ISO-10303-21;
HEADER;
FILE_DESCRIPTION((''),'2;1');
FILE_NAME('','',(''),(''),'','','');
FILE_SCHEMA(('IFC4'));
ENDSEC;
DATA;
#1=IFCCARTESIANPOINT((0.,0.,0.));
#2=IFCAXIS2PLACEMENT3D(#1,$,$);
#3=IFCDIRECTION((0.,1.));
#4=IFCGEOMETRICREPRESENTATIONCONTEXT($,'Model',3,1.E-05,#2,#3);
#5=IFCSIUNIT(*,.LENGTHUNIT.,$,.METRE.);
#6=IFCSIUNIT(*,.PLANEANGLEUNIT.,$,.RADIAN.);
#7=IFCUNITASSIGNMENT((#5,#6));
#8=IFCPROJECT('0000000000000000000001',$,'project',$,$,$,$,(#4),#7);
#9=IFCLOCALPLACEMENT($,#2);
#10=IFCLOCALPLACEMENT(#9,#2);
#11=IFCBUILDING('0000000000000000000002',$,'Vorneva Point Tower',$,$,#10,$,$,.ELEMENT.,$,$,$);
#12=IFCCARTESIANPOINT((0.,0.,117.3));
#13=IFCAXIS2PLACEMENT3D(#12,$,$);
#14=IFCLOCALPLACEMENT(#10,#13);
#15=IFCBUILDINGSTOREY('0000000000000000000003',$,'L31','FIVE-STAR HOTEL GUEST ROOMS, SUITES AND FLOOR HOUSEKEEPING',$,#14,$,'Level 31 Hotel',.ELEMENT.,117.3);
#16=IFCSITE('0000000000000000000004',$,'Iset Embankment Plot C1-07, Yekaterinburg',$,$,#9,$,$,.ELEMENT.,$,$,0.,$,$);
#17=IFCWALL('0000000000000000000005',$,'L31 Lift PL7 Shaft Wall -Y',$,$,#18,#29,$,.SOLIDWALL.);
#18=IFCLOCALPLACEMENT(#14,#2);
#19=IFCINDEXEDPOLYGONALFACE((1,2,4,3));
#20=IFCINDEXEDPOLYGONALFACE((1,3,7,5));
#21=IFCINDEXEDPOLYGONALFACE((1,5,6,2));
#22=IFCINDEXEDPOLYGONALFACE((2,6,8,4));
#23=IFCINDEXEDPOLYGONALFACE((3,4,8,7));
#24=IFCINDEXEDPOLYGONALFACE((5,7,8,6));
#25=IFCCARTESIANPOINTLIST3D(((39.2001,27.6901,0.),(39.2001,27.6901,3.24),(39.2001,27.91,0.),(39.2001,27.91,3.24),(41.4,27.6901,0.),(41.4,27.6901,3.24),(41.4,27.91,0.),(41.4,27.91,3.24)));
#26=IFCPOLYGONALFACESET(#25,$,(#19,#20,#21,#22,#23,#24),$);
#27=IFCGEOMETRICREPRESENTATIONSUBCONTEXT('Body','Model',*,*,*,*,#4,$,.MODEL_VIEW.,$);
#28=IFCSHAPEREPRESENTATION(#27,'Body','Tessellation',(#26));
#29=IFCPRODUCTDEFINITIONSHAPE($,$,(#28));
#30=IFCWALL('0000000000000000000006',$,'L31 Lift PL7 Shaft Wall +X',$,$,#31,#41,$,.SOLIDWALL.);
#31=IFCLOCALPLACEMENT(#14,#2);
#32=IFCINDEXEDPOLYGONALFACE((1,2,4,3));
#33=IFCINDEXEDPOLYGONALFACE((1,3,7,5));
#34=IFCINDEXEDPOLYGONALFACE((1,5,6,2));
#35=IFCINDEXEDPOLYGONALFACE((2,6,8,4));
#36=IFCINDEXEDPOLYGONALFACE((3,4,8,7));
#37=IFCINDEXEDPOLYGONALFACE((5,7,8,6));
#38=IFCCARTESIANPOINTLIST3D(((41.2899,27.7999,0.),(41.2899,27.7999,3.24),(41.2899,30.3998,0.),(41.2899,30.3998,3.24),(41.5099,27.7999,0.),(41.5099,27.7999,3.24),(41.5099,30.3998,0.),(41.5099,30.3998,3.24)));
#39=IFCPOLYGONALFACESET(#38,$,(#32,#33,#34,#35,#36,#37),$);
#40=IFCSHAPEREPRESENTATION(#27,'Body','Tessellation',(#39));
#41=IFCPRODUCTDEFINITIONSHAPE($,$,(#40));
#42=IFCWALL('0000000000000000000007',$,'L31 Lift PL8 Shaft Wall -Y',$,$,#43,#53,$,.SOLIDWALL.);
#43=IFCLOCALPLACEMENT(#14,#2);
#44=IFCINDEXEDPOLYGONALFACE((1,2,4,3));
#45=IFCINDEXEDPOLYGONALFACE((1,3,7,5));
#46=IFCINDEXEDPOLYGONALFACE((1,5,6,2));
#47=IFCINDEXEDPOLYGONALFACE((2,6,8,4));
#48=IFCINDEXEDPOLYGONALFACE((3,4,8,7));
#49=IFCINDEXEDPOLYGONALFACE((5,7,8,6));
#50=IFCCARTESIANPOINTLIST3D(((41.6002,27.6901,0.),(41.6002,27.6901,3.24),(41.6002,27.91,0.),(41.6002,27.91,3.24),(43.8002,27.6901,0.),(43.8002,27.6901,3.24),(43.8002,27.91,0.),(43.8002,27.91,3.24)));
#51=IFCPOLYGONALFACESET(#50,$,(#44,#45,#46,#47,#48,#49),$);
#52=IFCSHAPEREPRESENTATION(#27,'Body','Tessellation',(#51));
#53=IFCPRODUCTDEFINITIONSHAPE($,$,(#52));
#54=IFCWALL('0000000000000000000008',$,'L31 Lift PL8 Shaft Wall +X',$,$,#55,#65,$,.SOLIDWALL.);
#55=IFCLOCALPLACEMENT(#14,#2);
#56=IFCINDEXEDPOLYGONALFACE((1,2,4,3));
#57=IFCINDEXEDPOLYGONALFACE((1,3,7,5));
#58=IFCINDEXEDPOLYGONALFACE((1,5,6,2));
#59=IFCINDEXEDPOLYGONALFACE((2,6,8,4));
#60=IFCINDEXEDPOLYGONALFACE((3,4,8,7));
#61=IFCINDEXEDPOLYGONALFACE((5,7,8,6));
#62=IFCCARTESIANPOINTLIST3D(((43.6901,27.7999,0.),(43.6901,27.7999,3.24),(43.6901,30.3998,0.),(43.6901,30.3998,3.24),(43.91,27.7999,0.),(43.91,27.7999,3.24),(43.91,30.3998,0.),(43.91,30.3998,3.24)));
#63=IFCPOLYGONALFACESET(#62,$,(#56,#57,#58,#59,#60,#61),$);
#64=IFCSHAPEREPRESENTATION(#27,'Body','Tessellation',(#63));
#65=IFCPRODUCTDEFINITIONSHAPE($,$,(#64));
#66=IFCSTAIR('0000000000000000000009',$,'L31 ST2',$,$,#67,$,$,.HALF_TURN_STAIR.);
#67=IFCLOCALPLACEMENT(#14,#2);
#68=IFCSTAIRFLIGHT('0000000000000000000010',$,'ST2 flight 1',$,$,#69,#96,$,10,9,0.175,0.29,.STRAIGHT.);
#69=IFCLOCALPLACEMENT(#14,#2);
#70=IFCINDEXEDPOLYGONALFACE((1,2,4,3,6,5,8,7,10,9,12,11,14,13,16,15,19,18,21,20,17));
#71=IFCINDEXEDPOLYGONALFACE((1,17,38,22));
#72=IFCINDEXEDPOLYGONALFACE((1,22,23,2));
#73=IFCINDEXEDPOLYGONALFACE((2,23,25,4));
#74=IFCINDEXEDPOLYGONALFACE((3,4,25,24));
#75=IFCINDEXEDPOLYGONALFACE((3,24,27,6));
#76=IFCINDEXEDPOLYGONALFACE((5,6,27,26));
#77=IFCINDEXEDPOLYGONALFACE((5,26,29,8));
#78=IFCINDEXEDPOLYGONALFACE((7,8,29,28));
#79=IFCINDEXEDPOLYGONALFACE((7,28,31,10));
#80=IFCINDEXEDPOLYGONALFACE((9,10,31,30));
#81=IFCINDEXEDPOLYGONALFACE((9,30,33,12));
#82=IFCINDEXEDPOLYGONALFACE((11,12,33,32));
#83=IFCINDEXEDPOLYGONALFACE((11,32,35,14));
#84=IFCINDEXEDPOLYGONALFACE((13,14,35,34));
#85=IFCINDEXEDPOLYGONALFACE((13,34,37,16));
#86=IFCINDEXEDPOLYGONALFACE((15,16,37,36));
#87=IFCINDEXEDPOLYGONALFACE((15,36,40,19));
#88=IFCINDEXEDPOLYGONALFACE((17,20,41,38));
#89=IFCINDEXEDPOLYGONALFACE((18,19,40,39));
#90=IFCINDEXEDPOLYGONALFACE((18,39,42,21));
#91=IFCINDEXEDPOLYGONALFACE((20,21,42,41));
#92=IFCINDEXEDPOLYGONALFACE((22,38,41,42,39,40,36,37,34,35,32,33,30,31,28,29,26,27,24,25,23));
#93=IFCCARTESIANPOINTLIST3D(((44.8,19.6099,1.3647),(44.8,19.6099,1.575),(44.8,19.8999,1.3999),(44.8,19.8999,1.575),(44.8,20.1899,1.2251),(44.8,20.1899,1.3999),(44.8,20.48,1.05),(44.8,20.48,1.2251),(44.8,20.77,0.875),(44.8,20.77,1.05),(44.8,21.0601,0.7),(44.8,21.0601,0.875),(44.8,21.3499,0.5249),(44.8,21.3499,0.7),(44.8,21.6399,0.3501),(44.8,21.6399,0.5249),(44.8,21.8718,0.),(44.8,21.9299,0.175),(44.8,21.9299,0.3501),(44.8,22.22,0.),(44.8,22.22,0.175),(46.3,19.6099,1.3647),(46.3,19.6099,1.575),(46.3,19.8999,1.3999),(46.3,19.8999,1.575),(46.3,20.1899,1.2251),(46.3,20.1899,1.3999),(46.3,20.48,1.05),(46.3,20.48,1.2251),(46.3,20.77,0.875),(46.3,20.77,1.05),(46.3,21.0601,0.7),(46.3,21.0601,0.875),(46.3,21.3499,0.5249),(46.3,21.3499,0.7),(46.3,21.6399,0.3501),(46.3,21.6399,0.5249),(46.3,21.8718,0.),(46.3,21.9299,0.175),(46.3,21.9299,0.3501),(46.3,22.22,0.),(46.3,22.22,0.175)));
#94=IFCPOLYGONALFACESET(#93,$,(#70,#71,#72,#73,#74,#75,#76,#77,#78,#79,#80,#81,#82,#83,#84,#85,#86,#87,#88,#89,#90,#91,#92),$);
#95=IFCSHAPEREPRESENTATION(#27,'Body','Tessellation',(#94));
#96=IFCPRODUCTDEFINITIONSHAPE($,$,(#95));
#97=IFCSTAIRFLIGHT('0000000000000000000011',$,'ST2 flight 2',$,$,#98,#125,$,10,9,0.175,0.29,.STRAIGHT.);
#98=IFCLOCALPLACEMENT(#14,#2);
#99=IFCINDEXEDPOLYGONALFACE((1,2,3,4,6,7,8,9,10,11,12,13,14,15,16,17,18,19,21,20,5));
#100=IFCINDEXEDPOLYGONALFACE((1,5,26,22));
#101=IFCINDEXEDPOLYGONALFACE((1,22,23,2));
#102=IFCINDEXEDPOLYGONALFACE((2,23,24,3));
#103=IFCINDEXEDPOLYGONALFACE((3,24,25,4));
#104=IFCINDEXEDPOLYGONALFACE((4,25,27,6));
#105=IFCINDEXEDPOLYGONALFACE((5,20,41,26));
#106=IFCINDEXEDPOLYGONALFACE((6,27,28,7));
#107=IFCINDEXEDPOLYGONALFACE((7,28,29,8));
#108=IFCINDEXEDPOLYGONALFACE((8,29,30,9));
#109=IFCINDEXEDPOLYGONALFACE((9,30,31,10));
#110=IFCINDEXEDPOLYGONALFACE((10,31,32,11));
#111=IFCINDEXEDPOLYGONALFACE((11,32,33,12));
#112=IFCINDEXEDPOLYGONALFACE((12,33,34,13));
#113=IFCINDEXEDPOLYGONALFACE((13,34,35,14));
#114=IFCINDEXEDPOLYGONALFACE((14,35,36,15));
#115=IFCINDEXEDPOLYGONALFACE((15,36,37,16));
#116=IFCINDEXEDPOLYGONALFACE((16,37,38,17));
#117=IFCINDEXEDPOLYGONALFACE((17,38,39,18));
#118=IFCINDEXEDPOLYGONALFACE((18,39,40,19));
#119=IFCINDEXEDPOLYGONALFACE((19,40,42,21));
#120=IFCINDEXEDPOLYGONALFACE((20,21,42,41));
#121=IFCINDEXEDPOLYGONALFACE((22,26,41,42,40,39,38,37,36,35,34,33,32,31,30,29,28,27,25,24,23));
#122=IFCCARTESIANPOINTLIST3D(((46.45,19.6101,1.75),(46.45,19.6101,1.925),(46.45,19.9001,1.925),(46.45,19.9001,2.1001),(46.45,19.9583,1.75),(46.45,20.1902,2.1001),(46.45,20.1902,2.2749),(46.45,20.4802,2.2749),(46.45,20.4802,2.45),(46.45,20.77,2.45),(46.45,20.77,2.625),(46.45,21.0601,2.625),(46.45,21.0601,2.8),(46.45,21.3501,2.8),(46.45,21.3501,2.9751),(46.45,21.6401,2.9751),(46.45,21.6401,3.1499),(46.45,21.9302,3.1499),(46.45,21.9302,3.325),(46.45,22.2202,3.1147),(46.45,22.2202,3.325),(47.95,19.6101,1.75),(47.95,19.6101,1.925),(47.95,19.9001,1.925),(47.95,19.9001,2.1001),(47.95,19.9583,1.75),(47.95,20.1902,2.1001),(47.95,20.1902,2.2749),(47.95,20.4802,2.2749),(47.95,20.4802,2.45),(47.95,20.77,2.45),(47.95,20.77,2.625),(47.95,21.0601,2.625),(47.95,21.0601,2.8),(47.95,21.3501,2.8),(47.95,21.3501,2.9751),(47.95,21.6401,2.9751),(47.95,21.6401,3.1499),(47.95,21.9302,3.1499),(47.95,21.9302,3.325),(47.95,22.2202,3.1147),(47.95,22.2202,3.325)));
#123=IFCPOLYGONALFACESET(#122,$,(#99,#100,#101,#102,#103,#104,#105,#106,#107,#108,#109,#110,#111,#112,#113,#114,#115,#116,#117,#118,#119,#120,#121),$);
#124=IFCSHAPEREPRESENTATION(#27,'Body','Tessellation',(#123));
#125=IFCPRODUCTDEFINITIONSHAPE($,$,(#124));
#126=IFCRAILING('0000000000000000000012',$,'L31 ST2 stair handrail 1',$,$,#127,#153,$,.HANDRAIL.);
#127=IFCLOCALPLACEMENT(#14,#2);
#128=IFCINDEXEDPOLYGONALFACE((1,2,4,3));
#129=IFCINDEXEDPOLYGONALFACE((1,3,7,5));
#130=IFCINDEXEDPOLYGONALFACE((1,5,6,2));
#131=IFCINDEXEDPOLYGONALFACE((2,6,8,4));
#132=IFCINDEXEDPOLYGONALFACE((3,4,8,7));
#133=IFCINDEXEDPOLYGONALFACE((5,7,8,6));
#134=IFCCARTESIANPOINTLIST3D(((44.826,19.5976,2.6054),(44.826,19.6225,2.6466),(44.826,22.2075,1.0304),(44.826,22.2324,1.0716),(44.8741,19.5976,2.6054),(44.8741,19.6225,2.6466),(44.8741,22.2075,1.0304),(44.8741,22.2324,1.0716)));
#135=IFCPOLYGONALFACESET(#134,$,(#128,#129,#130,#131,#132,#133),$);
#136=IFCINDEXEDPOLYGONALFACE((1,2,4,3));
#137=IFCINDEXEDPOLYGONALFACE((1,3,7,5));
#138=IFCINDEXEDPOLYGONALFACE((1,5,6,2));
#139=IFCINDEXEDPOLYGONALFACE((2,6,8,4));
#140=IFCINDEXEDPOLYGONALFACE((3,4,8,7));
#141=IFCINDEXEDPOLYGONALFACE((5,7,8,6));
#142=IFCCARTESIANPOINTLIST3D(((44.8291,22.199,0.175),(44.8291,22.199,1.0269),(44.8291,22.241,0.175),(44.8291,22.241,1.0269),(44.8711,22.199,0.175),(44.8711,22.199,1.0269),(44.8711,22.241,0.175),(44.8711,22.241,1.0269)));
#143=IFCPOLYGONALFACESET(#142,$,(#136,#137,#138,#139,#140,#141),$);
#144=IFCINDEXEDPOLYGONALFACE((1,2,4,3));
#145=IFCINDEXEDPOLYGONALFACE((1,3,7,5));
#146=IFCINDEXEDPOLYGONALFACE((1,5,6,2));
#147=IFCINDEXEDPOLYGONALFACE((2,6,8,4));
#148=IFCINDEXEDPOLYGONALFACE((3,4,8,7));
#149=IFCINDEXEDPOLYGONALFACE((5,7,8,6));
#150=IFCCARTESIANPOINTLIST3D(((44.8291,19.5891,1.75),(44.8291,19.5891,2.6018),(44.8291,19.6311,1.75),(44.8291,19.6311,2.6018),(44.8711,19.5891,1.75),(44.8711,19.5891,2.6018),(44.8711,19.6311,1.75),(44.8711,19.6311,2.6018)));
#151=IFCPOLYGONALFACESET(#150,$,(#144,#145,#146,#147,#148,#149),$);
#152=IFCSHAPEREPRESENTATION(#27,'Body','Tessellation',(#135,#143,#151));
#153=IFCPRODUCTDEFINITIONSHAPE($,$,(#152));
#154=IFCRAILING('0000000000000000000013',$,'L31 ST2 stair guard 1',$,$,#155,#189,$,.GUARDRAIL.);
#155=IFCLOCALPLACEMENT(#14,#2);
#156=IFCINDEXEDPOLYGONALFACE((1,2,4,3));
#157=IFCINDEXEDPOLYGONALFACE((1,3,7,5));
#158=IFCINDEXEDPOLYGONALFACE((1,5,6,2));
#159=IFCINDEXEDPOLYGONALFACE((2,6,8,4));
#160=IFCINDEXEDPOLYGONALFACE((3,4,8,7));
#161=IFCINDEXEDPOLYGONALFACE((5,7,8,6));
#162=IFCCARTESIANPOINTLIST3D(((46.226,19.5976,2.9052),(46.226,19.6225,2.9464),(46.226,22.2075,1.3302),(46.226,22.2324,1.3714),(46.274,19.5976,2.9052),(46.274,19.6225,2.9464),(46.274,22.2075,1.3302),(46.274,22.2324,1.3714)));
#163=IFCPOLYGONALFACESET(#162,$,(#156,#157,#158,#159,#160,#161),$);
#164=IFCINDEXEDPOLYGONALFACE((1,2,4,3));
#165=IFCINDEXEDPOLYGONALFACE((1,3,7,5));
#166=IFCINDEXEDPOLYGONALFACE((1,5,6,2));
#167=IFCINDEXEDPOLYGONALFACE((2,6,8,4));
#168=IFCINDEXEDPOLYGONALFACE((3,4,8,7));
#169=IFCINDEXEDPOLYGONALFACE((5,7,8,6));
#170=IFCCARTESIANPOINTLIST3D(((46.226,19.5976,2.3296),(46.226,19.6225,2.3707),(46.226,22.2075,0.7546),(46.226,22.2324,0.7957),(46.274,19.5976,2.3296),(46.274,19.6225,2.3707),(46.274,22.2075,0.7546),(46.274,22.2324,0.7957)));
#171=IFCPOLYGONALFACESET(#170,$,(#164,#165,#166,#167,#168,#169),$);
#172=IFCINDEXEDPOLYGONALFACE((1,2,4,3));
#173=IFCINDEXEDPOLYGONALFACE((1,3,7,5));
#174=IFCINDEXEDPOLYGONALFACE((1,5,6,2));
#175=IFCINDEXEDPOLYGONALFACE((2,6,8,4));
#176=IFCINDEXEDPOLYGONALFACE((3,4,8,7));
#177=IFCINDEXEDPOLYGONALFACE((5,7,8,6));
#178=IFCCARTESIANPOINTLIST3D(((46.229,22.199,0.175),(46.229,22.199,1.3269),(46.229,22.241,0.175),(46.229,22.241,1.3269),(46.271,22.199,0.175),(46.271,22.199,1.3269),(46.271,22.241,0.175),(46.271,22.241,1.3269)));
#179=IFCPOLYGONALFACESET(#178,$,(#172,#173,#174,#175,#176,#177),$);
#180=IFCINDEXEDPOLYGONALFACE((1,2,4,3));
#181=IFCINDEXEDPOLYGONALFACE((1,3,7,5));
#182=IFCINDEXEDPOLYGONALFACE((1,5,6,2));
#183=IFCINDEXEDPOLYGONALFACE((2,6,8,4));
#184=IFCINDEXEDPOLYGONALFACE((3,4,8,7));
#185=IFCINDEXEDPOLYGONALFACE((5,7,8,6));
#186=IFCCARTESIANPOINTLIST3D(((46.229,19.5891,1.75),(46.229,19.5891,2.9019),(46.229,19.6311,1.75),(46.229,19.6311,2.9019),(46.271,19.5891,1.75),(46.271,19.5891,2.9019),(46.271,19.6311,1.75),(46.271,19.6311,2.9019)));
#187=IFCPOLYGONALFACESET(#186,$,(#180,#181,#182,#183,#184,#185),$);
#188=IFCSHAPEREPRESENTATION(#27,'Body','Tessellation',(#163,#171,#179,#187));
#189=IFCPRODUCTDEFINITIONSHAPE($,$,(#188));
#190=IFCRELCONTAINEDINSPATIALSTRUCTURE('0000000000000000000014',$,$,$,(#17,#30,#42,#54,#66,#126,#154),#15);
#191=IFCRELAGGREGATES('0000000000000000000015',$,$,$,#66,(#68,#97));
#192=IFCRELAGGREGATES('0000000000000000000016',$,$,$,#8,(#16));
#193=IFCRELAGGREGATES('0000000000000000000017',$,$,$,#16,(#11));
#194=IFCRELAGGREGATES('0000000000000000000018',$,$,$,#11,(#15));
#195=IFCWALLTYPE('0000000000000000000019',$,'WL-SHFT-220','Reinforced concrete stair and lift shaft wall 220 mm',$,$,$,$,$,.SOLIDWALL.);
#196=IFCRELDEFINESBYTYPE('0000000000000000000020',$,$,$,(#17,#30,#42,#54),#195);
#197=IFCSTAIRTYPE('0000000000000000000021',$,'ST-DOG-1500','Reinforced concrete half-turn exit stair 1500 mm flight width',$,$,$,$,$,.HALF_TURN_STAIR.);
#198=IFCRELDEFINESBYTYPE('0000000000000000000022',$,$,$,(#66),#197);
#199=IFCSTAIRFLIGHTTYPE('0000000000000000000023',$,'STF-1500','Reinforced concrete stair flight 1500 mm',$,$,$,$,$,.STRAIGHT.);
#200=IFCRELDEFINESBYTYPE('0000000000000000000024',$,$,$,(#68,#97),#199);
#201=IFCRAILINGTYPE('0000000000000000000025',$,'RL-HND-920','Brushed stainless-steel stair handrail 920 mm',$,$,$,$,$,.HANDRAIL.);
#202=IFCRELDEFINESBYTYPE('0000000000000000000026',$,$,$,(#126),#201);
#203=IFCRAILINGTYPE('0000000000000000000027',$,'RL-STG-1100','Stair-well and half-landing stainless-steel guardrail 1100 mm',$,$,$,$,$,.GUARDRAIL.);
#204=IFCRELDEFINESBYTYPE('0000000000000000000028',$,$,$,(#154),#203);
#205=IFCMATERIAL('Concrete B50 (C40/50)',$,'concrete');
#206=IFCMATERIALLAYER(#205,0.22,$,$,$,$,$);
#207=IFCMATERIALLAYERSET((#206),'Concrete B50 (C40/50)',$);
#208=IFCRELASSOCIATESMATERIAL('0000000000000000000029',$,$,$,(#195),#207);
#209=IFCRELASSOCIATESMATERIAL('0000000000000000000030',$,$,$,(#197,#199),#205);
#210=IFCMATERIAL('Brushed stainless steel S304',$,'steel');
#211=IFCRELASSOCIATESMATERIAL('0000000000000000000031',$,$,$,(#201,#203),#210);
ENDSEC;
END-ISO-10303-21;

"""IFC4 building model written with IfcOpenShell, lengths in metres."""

from ifc_helpers import new_model, si_unit, direction, frame, frame_2d, origin, origin_2d, place, context, subcontext, project, spatial, polyline, rectangle, outline, extrude, material, layer, layer_set, type_object, element, aggregate, save


model = new_model("IFC4")

# Units and contexts
model_context = context("Model", 3, precision=1e-05, world=origin(), true_north=direction((0.0, 1.0)))
body_context = subcontext(model_context, "Body", "Model", "MODEL_VIEW")
ifc_project = project(units=[si_unit("LENGTHUNIT", "METRE"), si_unit("PLANEANGLEUNIT", "RADIAN")], contexts=[model_context])

# Site, building, storey
site_placement = place(None, origin())
site = spatial("IfcSite", under=ifc_project, at=site_placement, Name="Iset Embankment Plot C1-07, Yekaterinburg", CompositionType="ELEMENT", RefElevation=0.0)
building_placement = place(site_placement, origin())
building = spatial("IfcBuilding", under=site, at=building_placement, Name="Vorneva Point Tower", CompositionType="ELEMENT")
storey_placement = place(building_placement, frame((0.0, 0.0, 117.3)))
storey = spatial("IfcBuildingStorey", under=building, at=storey_placement, Name="L31", Description="FIVE-STAR HOTEL GUEST ROOMS, SUITES AND FLOOR HOUSEKEEPING", LongName="Level 31 Hotel", CompositionType="ELEMENT", Elevation=117.3)

# Shared definitions
ifc_material_1 = material(Name="Concrete B50 (C40/50)", Category="concrete")
ifc_layer_1 = layer(ifc_material_1, 0.22)
ifc_layer_set_1 = layer_set([ifc_layer_1], Name="Concrete B50 (C40/50)")
wall_type_1 = type_object("IfcWallType", Name="WL-SHFT-220", Description="Reinforced concrete stair and lift shaft wall 220 mm", PredefinedType="SOLIDWALL", material=ifc_layer_set_1)

# Walls
for number, where, z_axis, x_axis, name in (
    (1, (39.2, 27.8, 0.0), (0.0, 0.0, 1.0), (1.0, 0.0, 0.0), "L31 Lift PL7 Shaft Wall -Y"),
):
    element("IfcWall", number, at=place(storey_placement, frame(where, z_axis=z_axis, x_axis=x_axis)), inside=storey, type_object=wall_type_1, Name=name, PredefinedType="SOLIDWALL", context=body_context, shape_type="SweptSolid", body=[
        extrude(rectangle(XDim=2.2, YDim=0.22, at=frame_2d((1.1001, 0.0))), origin(), (0.0, 0.0, 1.0), 3.24),
    ])
wall_1_placement = place(storey_placement, frame((41.3999, 27.8, 0.0), z_axis=(0.0, 0.0, 1.0), x_axis=(0.0, 1.0, 0.0)))
element("IfcWall", 2, at=wall_1_placement, inside=storey, type_object=wall_type_1, Name="L31 Lift PL7 Shaft Wall +X", PredefinedType="SOLIDWALL", context=body_context, shape_type="SweptSolid", body=[
    extrude(rectangle(XDim=2.5999, YDim=0.22, at=frame_2d((1.2998, 0.0))), origin(), (0.0, 0.0, 1.0), 3.24),
])
wall_2_placement = place(storey_placement, frame((41.6001, 27.8, 0.0), z_axis=(0.0, 0.0, 1.0), x_axis=(1.0, 0.0, 0.0)))
element("IfcWall", 3, at=wall_2_placement, inside=storey, type_object=wall_type_1, Name="L31 Lift PL8 Shaft Wall -Y", PredefinedType="SOLIDWALL", context=body_context, shape_type="SweptSolid", body=[
    extrude(rectangle(XDim=2.2, YDim=0.22, at=frame_2d((1.1001, 0.0))), origin(), (0.0, 0.0, 1.0), 3.24),
])
wall_3_placement = place(storey_placement, frame((43.8, 27.8, 0.0), z_axis=(0.0, 0.0, 1.0), x_axis=(0.0, 1.0, 0.0)))
element("IfcWall", 4, at=wall_3_placement, inside=storey, type_object=wall_type_1, Name="L31 Lift PL8 Shaft Wall +X", PredefinedType="SOLIDWALL", context=body_context, shape_type="SweptSolid", body=[
    extrude(rectangle(XDim=2.5999, YDim=0.22, at=frame_2d((1.2998, 0.0))), origin(), (0.0, 0.0, 1.0), 3.24),
])

# Stair, stair flights
stair_type = type_object("IfcStairType", Name="ST-DOG-1500", Description="Reinforced concrete half-turn exit stair 1500 mm flight width", PredefinedType="HALF_TURN_STAIR", material=ifc_material_1)
stair_placement = place(storey_placement, origin())
stair = element("IfcStair", 5, at=stair_placement, inside=storey, type_object=stair_type, Name="L31 ST2", PredefinedType="HALF_TURN_STAIR")
stair_flight_type = type_object("IfcStairFlightType", Name="STF-1500", Description="Reinforced concrete stair flight 1500 mm", PredefinedType="STRAIGHT", material=ifc_material_1)
stair_flight_1_placement = place(storey_placement, frame((45.55, 22.22, 0.0), z_axis=(0.0, 0.0, 1.0), x_axis=(0.0, -1.0, 0.0)))
stair_flight_1 = element("IfcStairFlight", 6, at=stair_flight_1_placement, type_object=stair_flight_type, Name="ST2 flight 1", NumberOfRisers=10, NumberOfTreads=9, PredefinedType="STRAIGHT", RiserHeight=0.175, TreadLength=0.29, context=body_context, shape_type="SweptSolid", body=[
    extrude(outline(polyline([(0.0, 0.0), (0.0, 0.175), (0.29, 0.175), (0.29, 0.3501), (0.5801, 0.3501), (0.5801, 0.5249), (0.8701, 0.5249), (0.8701, 0.7), (1.1599, 0.7), (1.1599, 0.875), (1.45, 0.875), (1.45, 1.05), (1.74, 1.05), (1.74, 1.2251), (2.03, 1.2251), (2.03, 1.3999), (2.3201, 1.3999), (2.3201, 1.575), (2.6101, 1.575), (2.6101, 1.75), (2.6101, 1.3647), (0.3481, 0.0), (0.0, 0.0)])), frame((0.0, 0.75, 0.0), z_axis=(0.0, -1.0, 0.0), x_axis=(1.0, 0.0, 0.0)), (0.0, 0.0, 1.0), 1.5),
])
stair_flight_2_placement = place(storey_placement, frame((47.2, 19.6101, 1.75), z_axis=(0.0, 0.0, 1.0), x_axis=(0.0, 1.0, 0.0)))
stair_flight_2 = element("IfcStairFlight", 7, at=stair_flight_2_placement, type_object=stair_flight_type, Name="ST2 flight 2", NumberOfRisers=10, NumberOfTreads=9, PredefinedType="STRAIGHT", RiserHeight=0.175, TreadLength=0.29, context=body_context, shape_type="SweptSolid", body=[
    extrude(outline(polyline([(0.0, 0.0), (0.0, 0.175), (0.29, 0.175), (0.29, 0.3501), (0.5801, 0.3501), (0.5801, 0.5249), (0.8701, 0.5249), (0.8701, 0.7), (1.1599, 0.7), (1.1599, 0.875), (1.45, 0.875), (1.45, 1.05), (1.74, 1.05), (1.74, 1.2251), (2.03, 1.2251), (2.03, 1.3999), (2.3201, 1.3999), (2.3201, 1.575), (2.6101, 1.575), (2.6101, 1.75), (2.6101, 1.3647), (0.3481, 0.0), (0.0, 0.0)])), frame((0.0, 0.75, 0.0), z_axis=(0.0, -1.0, 0.0), x_axis=(1.0, 0.0, 0.0)), (0.0, 0.0, 1.0), 1.5),
])
aggregate(stair, [stair_flight_1, stair_flight_2])

# Railings
ifc_material_2 = material(Name="Brushed stainless steel S304", Category="steel")
railing_type_1 = type_object("IfcRailingType", Name="RL-HND-920", Description="Brushed stainless-steel stair handrail 920 mm", PredefinedType="HANDRAIL", material=ifc_material_2)
railing_1_placement = place(storey_placement, frame((44.8501, 22.22, 0.175)))
element("IfcRailing", 8, at=railing_1_placement, inside=storey, type_object=railing_type_1, Name="L31 ST2 stair handrail 1", PredefinedType="HANDRAIL", context=body_context, shape_type="SweptSolid", body=[
    extrude(rectangle(XDim=0.0481, YDim=0.0481, at=origin_2d()), frame((0.0, 0.0, 0.876), z_axis=(0.0, -0.856183, 0.516673), x_axis=(1.0, 0.0, 0.0)), (0.0, 0.0, 1.0), 3.0483),
    extrude(rectangle(XDim=0.042, YDim=0.042, at=origin_2d()), origin(), (0.0, 0.0, 1.0), 0.8518),
    extrude(rectangle(XDim=0.042, YDim=0.042, at=origin_2d()), frame((0.0, -2.6099, 1.575)), (0.0, 0.0, 1.0), 0.8518),
])
railing_type_2 = type_object("IfcRailingType", Name="RL-STG-1100", Description="Stair-well and half-landing stainless-steel guardrail 1100 mm", PredefinedType="GUARDRAIL", material=ifc_material_2)
railing_2_placement = place(storey_placement, frame((46.25, 22.22, 0.175)))
element("IfcRailing", 9, at=railing_2_placement, inside=storey, type_object=railing_type_2, Name="L31 ST2 stair guard 1", PredefinedType="GUARDRAIL", context=body_context, shape_type="SweptSolid", body=[
    extrude(rectangle(XDim=0.0481, YDim=0.0481, at=origin_2d()), frame((0.0, 0.0, 1.1758), z_axis=(0.0, -0.856183, 0.516673), x_axis=(1.0, 0.0, 0.0)), (0.0, 0.0, 1.0), 3.0483),
    extrude(rectangle(XDim=0.0481, YDim=0.0481, at=origin_2d()), frame((0.0, 0.0, 0.6001), z_axis=(0.0, -0.856183, 0.516673), x_axis=(1.0, 0.0, 0.0)), (0.0, 0.0, 1.0), 3.0483),
    extrude(rectangle(XDim=0.042, YDim=0.042, at=origin_2d()), origin(), (0.0, 0.0, 1.0), 1.1519),
    extrude(rectangle(XDim=0.042, YDim=0.042, at=origin_2d()), frame((0.0, -2.6099, 1.575)), (0.0, 0.0, 1.0), 1.1519),
])

save(model, "model.ifc")
